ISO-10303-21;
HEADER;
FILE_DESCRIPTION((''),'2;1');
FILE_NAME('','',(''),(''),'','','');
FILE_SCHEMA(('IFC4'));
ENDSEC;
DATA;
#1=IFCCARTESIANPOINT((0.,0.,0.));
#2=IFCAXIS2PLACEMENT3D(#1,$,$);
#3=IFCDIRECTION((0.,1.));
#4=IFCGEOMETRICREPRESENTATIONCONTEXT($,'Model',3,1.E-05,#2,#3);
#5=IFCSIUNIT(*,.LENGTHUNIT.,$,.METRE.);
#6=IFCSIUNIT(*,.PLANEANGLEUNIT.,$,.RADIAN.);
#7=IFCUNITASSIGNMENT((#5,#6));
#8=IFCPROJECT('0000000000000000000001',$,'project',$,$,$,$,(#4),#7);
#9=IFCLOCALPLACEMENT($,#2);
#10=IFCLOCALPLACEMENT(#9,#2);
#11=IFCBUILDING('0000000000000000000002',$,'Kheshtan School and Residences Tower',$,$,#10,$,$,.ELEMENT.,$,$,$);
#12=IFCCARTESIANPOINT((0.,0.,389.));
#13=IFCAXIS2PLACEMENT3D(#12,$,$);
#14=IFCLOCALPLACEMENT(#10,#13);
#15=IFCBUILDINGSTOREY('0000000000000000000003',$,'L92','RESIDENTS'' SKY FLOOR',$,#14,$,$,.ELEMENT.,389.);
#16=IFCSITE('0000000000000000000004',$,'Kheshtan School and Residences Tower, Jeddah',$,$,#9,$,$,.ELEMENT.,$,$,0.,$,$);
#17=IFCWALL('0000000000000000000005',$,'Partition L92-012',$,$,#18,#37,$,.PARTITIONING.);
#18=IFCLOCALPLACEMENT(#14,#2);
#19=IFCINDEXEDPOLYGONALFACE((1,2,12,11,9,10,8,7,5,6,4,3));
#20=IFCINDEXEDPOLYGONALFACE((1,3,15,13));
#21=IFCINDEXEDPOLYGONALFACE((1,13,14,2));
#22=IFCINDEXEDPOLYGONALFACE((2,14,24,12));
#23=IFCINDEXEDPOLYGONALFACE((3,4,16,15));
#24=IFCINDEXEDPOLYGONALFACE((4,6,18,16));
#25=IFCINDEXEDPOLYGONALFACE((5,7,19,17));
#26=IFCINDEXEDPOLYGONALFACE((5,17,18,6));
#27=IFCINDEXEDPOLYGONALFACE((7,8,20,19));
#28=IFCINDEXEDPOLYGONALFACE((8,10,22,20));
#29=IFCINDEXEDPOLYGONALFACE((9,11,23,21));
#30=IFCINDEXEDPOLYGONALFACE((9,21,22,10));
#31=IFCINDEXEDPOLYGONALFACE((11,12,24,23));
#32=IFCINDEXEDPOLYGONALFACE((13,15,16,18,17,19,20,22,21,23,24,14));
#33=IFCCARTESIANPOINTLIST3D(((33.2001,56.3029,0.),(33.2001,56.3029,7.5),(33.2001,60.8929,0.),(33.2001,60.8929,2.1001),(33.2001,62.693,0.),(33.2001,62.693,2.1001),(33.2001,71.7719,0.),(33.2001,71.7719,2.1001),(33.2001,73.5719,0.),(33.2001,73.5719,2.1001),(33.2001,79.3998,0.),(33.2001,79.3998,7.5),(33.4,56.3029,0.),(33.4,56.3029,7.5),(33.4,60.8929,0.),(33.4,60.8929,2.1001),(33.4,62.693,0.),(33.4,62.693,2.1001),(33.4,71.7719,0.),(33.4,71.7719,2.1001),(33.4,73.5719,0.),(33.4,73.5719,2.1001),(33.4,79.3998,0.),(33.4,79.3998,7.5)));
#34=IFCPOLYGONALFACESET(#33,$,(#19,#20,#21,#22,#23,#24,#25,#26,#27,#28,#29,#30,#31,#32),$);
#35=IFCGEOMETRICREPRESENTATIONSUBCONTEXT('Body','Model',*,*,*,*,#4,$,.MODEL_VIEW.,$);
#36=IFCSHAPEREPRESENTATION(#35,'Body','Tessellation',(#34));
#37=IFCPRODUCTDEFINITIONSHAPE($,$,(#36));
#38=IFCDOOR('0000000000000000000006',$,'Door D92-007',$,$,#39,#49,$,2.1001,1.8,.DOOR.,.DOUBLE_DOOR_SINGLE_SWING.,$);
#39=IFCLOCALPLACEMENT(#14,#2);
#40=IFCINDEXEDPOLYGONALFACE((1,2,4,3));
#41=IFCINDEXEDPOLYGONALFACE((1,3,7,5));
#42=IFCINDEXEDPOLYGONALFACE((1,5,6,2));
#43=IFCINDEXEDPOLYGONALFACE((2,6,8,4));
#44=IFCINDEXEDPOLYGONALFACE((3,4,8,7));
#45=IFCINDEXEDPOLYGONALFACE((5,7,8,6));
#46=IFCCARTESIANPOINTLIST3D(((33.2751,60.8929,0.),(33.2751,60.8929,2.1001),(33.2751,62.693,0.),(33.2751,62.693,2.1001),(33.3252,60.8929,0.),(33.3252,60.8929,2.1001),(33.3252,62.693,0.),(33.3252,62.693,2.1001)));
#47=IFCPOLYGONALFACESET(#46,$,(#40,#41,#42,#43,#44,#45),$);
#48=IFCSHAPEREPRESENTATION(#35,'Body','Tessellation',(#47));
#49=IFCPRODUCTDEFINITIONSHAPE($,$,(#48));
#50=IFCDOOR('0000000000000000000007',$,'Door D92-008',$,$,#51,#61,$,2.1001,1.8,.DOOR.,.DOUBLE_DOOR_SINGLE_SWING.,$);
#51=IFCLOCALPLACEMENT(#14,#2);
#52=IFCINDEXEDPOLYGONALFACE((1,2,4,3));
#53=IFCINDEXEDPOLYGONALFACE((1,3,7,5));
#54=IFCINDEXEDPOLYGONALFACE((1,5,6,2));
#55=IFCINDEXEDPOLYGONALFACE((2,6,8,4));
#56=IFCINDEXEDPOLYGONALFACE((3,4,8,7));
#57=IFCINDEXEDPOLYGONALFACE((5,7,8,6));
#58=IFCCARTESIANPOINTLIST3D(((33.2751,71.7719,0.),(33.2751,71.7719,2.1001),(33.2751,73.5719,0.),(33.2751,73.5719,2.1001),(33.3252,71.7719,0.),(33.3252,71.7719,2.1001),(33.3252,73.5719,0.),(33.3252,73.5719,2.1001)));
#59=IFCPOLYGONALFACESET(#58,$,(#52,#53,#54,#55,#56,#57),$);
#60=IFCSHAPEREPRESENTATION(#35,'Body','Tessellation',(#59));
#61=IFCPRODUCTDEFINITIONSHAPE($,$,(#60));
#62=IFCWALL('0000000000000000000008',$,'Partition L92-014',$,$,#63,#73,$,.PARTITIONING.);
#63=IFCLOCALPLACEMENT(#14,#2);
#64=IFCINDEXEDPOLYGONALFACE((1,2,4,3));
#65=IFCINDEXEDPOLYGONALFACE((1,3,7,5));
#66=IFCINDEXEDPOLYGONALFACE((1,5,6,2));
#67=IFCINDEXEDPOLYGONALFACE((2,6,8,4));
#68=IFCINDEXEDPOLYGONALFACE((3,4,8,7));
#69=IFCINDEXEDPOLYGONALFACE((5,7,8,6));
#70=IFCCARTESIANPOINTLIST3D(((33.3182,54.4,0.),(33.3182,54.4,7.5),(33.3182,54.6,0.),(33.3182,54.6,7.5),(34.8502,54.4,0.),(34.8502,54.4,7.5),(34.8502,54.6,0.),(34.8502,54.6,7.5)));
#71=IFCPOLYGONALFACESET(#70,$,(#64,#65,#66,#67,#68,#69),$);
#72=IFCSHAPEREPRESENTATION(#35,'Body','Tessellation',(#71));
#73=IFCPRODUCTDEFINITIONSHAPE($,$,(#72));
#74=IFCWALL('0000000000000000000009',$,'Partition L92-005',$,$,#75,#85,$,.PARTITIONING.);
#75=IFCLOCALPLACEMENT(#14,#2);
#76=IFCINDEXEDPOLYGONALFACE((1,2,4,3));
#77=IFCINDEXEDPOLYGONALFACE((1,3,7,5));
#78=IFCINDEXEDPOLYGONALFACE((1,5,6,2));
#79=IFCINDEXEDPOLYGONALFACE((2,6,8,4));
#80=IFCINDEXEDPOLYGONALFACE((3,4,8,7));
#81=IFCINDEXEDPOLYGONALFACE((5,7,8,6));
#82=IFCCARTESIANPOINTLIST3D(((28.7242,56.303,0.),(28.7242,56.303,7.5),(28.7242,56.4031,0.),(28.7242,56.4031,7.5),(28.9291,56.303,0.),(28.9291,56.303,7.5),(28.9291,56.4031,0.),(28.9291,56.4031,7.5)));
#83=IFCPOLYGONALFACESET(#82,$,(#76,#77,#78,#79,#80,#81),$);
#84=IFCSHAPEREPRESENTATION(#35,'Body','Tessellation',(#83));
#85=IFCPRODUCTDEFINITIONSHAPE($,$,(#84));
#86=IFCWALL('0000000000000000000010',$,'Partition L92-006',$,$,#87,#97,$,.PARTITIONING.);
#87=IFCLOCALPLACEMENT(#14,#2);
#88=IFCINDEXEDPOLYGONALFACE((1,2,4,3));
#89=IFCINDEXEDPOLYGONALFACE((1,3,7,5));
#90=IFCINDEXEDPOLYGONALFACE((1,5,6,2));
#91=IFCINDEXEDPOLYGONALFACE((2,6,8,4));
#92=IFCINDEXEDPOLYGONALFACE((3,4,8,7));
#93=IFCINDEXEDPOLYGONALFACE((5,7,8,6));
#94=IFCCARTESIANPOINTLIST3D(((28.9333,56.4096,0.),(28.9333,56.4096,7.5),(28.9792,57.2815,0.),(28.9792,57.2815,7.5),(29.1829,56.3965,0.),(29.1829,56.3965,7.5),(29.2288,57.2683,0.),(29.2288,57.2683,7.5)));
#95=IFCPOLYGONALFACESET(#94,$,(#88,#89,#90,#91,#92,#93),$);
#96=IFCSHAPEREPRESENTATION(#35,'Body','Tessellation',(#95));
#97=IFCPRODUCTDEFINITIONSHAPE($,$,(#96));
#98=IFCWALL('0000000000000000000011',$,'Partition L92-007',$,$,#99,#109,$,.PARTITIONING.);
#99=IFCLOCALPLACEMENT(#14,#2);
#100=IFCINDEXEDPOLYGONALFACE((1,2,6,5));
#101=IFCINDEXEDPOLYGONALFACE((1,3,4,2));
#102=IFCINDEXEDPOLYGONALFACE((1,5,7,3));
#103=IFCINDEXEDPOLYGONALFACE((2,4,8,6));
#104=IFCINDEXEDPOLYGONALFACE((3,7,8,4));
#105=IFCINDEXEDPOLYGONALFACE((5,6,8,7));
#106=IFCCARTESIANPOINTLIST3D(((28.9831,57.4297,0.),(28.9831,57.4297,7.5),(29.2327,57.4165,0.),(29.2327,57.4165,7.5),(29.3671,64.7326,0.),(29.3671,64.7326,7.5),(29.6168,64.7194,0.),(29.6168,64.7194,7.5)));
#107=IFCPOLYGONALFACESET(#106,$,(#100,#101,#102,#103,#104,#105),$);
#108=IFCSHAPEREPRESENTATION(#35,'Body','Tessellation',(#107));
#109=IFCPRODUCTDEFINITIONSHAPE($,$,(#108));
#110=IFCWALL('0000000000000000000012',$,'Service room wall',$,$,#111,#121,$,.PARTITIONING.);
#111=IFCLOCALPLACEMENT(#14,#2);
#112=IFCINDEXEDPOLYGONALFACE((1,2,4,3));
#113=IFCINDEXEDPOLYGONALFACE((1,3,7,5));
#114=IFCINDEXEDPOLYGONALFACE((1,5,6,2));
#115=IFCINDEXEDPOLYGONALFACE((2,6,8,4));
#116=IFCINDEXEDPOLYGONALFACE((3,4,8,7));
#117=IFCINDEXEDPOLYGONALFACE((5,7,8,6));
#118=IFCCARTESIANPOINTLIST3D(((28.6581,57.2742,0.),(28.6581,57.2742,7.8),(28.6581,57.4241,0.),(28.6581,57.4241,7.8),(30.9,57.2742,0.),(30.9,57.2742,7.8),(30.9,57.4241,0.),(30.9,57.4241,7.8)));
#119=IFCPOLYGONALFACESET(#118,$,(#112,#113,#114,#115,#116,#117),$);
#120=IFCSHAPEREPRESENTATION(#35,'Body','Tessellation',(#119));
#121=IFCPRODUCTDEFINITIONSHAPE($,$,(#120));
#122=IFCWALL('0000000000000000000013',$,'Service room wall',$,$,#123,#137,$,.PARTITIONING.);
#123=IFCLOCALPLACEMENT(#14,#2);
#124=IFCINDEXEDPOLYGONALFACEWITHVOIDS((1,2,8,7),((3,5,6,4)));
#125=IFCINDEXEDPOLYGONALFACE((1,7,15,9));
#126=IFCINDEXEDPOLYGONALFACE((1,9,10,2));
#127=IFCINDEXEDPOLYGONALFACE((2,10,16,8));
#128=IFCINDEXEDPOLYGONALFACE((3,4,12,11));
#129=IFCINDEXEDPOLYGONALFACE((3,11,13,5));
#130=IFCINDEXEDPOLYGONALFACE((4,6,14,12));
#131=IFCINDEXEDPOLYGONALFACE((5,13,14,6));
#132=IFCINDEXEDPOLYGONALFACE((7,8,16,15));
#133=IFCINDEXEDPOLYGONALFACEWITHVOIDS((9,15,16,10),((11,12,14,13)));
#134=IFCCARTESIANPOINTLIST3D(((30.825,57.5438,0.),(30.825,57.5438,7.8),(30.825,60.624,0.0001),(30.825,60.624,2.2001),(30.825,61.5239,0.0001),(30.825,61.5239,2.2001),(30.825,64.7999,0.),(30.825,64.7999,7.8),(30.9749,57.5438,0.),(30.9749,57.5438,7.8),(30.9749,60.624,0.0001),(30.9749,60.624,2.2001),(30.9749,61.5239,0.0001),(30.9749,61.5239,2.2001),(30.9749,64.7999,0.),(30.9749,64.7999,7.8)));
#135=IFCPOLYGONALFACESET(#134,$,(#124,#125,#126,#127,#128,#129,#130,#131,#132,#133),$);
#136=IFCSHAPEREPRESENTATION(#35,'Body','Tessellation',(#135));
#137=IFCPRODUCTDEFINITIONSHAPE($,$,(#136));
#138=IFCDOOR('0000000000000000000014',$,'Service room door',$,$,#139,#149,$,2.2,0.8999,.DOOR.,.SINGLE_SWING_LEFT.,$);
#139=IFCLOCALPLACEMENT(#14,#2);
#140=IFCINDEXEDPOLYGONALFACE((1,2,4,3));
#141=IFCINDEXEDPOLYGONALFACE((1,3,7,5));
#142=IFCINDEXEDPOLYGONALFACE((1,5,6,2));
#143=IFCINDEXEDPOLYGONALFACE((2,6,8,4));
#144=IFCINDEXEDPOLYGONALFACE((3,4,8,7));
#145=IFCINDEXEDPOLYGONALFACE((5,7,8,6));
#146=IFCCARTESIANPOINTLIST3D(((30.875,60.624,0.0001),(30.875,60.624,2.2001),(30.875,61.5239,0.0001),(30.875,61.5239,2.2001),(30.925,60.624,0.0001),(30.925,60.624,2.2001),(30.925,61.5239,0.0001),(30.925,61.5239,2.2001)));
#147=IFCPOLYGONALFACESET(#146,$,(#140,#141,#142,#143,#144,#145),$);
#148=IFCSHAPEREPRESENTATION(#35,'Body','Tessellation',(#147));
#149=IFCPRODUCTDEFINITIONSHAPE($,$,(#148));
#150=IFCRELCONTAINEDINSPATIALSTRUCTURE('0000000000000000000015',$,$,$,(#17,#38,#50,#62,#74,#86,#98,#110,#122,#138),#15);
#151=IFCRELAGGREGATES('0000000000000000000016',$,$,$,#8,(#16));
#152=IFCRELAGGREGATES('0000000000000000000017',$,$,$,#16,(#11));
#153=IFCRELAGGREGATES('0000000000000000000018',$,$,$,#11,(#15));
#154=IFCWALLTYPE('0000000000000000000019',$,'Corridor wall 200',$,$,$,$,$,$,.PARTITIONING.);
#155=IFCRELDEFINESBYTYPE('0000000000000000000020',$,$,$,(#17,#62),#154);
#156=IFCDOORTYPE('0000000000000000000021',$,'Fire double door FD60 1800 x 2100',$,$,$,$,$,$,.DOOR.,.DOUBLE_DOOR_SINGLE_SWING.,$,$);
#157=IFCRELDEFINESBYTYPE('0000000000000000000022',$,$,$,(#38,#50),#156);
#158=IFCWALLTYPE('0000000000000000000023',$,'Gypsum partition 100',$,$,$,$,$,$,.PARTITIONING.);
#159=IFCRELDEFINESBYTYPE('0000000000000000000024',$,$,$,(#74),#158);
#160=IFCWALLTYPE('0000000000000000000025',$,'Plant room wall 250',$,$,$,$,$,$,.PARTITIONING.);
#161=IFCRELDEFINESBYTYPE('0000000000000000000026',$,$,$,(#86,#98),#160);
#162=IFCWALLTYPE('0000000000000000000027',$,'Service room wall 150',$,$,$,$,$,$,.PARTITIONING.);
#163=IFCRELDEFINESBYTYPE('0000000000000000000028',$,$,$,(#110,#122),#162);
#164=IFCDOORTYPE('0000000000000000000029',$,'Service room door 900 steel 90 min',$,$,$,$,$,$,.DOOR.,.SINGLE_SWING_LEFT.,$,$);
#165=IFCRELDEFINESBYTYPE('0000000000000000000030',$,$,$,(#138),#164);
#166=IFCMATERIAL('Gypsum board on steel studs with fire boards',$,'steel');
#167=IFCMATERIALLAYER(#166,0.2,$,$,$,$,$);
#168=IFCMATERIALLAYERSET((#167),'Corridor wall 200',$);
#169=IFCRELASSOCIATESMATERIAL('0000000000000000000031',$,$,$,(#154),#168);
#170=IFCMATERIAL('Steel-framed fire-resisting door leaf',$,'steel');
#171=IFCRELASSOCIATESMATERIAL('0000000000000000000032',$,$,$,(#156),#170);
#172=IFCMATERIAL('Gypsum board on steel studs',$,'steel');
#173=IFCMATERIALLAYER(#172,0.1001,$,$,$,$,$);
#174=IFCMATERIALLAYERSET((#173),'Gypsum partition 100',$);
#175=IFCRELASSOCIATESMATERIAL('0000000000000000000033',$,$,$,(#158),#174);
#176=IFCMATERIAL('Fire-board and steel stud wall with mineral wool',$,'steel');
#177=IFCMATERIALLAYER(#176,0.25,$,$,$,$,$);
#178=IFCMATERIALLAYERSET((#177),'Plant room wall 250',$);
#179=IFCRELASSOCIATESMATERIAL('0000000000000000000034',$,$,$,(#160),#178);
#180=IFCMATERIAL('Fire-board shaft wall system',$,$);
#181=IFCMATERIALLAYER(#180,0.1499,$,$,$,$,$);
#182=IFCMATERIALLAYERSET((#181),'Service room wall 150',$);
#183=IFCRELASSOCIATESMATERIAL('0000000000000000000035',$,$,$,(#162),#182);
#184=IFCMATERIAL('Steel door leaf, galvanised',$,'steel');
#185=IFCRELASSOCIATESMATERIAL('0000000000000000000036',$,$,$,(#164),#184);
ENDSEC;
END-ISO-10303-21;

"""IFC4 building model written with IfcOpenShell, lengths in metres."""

from ifc_helpers import new_model, si_unit, direction, frame, frame_2d, origin, place, context, subcontext, project, spatial, rectangle, extrude, source, transform, mapped, material, layer, layer_set, type_object, element, fill, save


model = new_model("IFC4")

# Units and contexts
model_context = context("Model", 3, precision=1e-05, world=origin(), true_north=direction((0.0, 1.0)))
body_context = subcontext(model_context, "Body", "Model", "MODEL_VIEW")
ifc_project = project(units=[si_unit("LENGTHUNIT", "METRE"), si_unit("PLANEANGLEUNIT", "RADIAN")], contexts=[model_context])

# Site, building, storey
site_placement = place(None, origin())
site = spatial("IfcSite", under=ifc_project, at=site_placement, Name="Kheshtan School and Residences Tower, Jeddah", CompositionType="ELEMENT", RefElevation=0.0)
building_placement = place(site_placement, origin())
building = spatial("IfcBuilding", under=site, at=building_placement, Name="Kheshtan School and Residences Tower", CompositionType="ELEMENT")
storey_placement = place(building_placement, frame((0.0, 0.0, 389.0)))
storey = spatial("IfcBuildingStorey", under=building, at=storey_placement, Name="L92", Description="RESIDENTS' SKY FLOOR", CompositionType="ELEMENT", Elevation=389.0)

# Wall, openings, doors
ifc_material_1 = material(Name="Gypsum board on steel studs with fire boards", Category="steel")
ifc_layer_1 = layer(ifc_material_1, 0.2)
ifc_layer_set_1 = layer_set([ifc_layer_1], Name="Corridor wall 200")
wall_type_1 = type_object("IfcWallType", Name="Corridor wall 200", PredefinedType="PARTITIONING", material=ifc_layer_set_1)
wall_1_placement = place(storey_placement, frame((33.3, 56.303, 0.0), z_axis=(0.0, 0.0, 1.0), x_axis=(0.0, 1.0, 0.0)))
wall_1 = element("IfcWall", 1, at=wall_1_placement, inside=storey, type_object=wall_type_1, Name="Partition L92-012", PredefinedType="PARTITIONING", context=body_context, shape_type="SweptSolid", body=[
    extrude(rectangle(XDim=23.0969, YDim=0.2, at=frame_2d((11.5483, 0.0))), origin(), (0.0, 0.0, 1.0), 7.5),
])
opening_1_placement = place(wall_1_placement, frame((4.5901, 0.0, 0.0)))
opening_1 = element("IfcOpeningElement", 2, at=opening_1_placement, cuts=wall_1, PredefinedType="OPENING", context=body_context, shape_type="SweptSolid", body=[
    extrude(rectangle(XDim=1.8, YDim=2.1001, at=frame_2d((0.8999, 1.05))), frame((0.0, 0.1099, 0.0), z_axis=(0.0, -1.0, 0.0), x_axis=(1.0, 0.0, 0.0)), (0.0, 0.0, 1.0), 0.22),
])
opening_2_placement = place(wall_1_placement, frame((15.469, 0.0, 0.0)))
opening_2 = element("IfcOpeningElement", 3, at=opening_2_placement, cuts=wall_1, PredefinedType="OPENING", context=body_context, shape_type="SweptSolid", body=[
    extrude(rectangle(XDim=1.8, YDim=2.1001, at=frame_2d((0.8999, 1.05))), frame((0.0, 0.1099, 0.0), z_axis=(0.0, -1.0, 0.0), x_axis=(1.0, 0.0, 0.0)), (0.0, 0.0, 1.0), 0.22),
])
ifc_material_2 = material(Name="Steel-framed fire-resisting door leaf", Category="steel")
door_type_1 = type_object("IfcDoorType", Name="Fire double door FD60 1800 x 2100", OperationType="DOUBLE_DOOR_SINGLE_SWING", PredefinedType="DOOR", material=ifc_material_2)
shared_shape_1 = source(origin(), body_context, "Body", "SweptSolid", [
    extrude(rectangle(XDim=1.8, YDim=2.1001, at=frame_2d((0.8999, 1.05))), frame((0.0, 0.0249, 0.0), z_axis=(0.0, -1.0, 0.0), x_axis=(1.0, 0.0, 0.0)), (0.0, 0.0, 1.0), 0.05),
])
door_1_placement = place(opening_1_placement, origin())
door_1 = element("IfcDoor", 4, at=door_1_placement, inside=storey, type_object=door_type_1, Name="Door D92-007", OperationType="DOUBLE_DOOR_SINGLE_SWING", OverallHeight=2.1001, OverallWidth=1.8, PredefinedType="DOOR", context=body_context, shape_type="MappedRepresentation", body=[
    mapped(shared_shape_1, transform((0.0, 0.0, 0.0), x_axis=(1.0, 0.0, 0.0), y_axis=(0.0, 1.0, 0.0), z_axis=(0.0, 0.0, 1.0), scale=1.0)),
])
fill(opening_1, door_1)
door_2_placement = place(opening_2_placement, origin())
door_2 = element("IfcDoor", 5, at=door_2_placement, inside=storey, type_object=door_type_1, Name="Door D92-008", OperationType="DOUBLE_DOOR_SINGLE_SWING", OverallHeight=2.1001, OverallWidth=1.8, PredefinedType="DOOR", context=body_context, shape_type="MappedRepresentation", body=[
    mapped(shared_shape_1, transform((0.0, 0.0, 0.0), x_axis=(1.0, 0.0, 0.0), y_axis=(0.0, 1.0, 0.0), z_axis=(0.0, 0.0, 1.0), scale=1.0)),
])
fill(opening_2, door_2)

# Walls
wall_2_placement = place(storey_placement, frame((33.3181, 54.5, 0.0), z_axis=(0.0, 0.0, 1.0), x_axis=(1.0, 0.0, 0.0)))
element("IfcWall", 6, at=wall_2_placement, inside=storey, type_object=wall_type_1, Name="Partition L92-014", PredefinedType="PARTITIONING", context=body_context, shape_type="SweptSolid", body=[
    extrude(rectangle(XDim=1.532, YDim=0.2, at=frame_2d((0.7661, 0.0))), origin(), (0.0, 0.0, 1.0), 7.5),
])
ifc_material_3 = material(Name="Gypsum board on steel studs", Category="steel")
ifc_layer_2 = layer(ifc_material_3, 0.1001)
ifc_layer_set_2 = layer_set([ifc_layer_2], Name="Gypsum partition 100")
wall_type_2 = type_object("IfcWallType", Name="Gypsum partition 100", PredefinedType="PARTITIONING", material=ifc_layer_set_2)
wall_3_placement = place(storey_placement, frame((28.7241, 56.353, 0.0), z_axis=(0.0, 0.0, 1.0), x_axis=(1.0, 0.0, 0.0)))
element("IfcWall", 7, at=wall_3_placement, inside=storey, type_object=wall_type_2, Name="Partition L92-005", PredefinedType="PARTITIONING", context=body_context, shape_type="SweptSolid", body=[
    extrude(rectangle(XDim=0.2048, YDim=0.1001, at=frame_2d((0.1025, 0.0))), origin(), (0.0, 0.0, 1.0), 7.5),
])
ifc_material_4 = material(Name="Fire-board and steel stud wall with mineral wool", Category="steel")
ifc_layer_3 = layer(ifc_material_4, 0.25)
ifc_layer_set_3 = layer_set([ifc_layer_3], Name="Plant room wall 250")
wall_type_3 = type_object("IfcWallType", Name="Plant room wall 250", PredefinedType="PARTITIONING", material=ifc_layer_set_3)
wall_4_placement = place(storey_placement, frame((29.0581, 56.4031, 0.0), z_axis=(0.0, 0.0, 1.0), x_axis=(0.052574, 0.998617, 0.0)))
element("IfcWall", 8, at=wall_4_placement, inside=storey, type_object=wall_type_3, Name="Partition L92-006", PredefinedType="PARTITIONING", context=body_context, shape_type="SweptSolid", body=[
    extrude(rectangle(XDim=0.873, YDim=0.25, at=frame_2d((0.4365, 0.0))), origin(), (0.0, 0.0, 1.0), 7.5),
])
wall_5_placement = place(storey_placement, frame((29.1079, 57.4231, 0.0), z_axis=(0.0, 0.0, 1.0), x_axis=(0.052513, 0.99862, 0.0)))
element("IfcWall", 9, at=wall_5_placement, inside=storey, type_object=wall_type_3, Name="Partition L92-007", PredefinedType="PARTITIONING", context=body_context, shape_type="SweptSolid", body=[
    extrude(rectangle(XDim=7.313, YDim=0.25, at=frame_2d((3.6565, 0.0))), origin(), (0.0, 0.0, 1.0), 7.5),
])
ifc_material_5 = material(Name="Fire-board shaft wall system")
ifc_layer_4 = layer(ifc_material_5, 0.1499)
ifc_layer_set_4 = layer_set([ifc_layer_4], Name="Service room wall 150")
wall_type_4 = type_object("IfcWallType", Name="Service room wall 150", PredefinedType="PARTITIONING", material=ifc_layer_set_4)
wall_6_placement = place(storey_placement, frame((28.658, 57.3491, 0.0), z_axis=(0.0, 0.0, 1.0), x_axis=(1.0, 0.0, 0.0)))
element("IfcWall", 10, at=wall_6_placement, inside=storey, type_object=wall_type_4, Name="Service room wall", PredefinedType="PARTITIONING", context=body_context, shape_type="SweptSolid", body=[
    extrude(rectangle(XDim=2.2419, YDim=0.1499, at=frame_2d((1.1211, 0.0))), origin(), (0.0, 0.0, 1.0), 7.8),
])

# Wall, opening, door
wall_7_placement = place(storey_placement, frame((30.8999, 57.5439, 0.0), z_axis=(0.0, 0.0, 1.0), x_axis=(0.0, 1.0, 0.0)))
wall_7 = element("IfcWall", 11, at=wall_7_placement, inside=storey, type_object=wall_type_4, Name="Service room wall", PredefinedType="PARTITIONING", context=body_context, shape_type="SweptSolid", body=[
    extrude(rectangle(XDim=7.2561, YDim=0.1499, at=frame_2d((3.6279, 0.0))), origin(), (0.0, 0.0, 1.0), 7.8),
])
opening_3_placement = place(wall_7_placement, frame((3.0801, 0.0, 0.0)))
opening_3 = element("IfcOpeningElement", 12, at=opening_3_placement, cuts=wall_7, PredefinedType="OPENING", context=body_context, shape_type="SweptSolid", body=[
    extrude(rectangle(XDim=0.8999, YDim=2.2, at=frame_2d((0.45, 1.1001))), frame((0.0, 0.085, 0.0), z_axis=(0.0, -1.0, 0.0), x_axis=(1.0, 0.0, 0.0)), (0.0, 0.0, 1.0), 0.1699),
])
ifc_material_6 = material(Name="Steel door leaf, galvanised", Category="steel")
door_type_2 = type_object("IfcDoorType", Name="Service room door 900 steel 90 min", OperationType="SINGLE_SWING_LEFT", PredefinedType="DOOR", material=ifc_material_6)
shared_shape_2 = source(origin(), body_context, "Body", "SweptSolid", [
    extrude(rectangle(XDim=0.8999, YDim=2.2, at=frame_2d((0.45, 1.1001))), frame((0.0, 0.0249, 0.0), z_axis=(0.0, -1.0, 0.0), x_axis=(1.0, 0.0, 0.0)), (0.0, 0.0, 1.0), 0.05),
])
door_3_placement = place(opening_3_placement, origin())
door_3 = element("IfcDoor", 13, at=door_3_placement, inside=storey, type_object=door_type_2, Name="Service room door", OperationType="SINGLE_SWING_LEFT", OverallHeight=2.2, OverallWidth=0.8999, PredefinedType="DOOR", context=body_context, shape_type="MappedRepresentation", body=[
    mapped(shared_shape_2, transform((0.0, 0.0, 0.0), x_axis=(1.0, 0.0, 0.0), y_axis=(0.0, 1.0, 0.0), z_axis=(0.0, 0.0, 1.0), scale=1.0)),
])
fill(opening_3, door_3)

save(model, "model.ifc")
